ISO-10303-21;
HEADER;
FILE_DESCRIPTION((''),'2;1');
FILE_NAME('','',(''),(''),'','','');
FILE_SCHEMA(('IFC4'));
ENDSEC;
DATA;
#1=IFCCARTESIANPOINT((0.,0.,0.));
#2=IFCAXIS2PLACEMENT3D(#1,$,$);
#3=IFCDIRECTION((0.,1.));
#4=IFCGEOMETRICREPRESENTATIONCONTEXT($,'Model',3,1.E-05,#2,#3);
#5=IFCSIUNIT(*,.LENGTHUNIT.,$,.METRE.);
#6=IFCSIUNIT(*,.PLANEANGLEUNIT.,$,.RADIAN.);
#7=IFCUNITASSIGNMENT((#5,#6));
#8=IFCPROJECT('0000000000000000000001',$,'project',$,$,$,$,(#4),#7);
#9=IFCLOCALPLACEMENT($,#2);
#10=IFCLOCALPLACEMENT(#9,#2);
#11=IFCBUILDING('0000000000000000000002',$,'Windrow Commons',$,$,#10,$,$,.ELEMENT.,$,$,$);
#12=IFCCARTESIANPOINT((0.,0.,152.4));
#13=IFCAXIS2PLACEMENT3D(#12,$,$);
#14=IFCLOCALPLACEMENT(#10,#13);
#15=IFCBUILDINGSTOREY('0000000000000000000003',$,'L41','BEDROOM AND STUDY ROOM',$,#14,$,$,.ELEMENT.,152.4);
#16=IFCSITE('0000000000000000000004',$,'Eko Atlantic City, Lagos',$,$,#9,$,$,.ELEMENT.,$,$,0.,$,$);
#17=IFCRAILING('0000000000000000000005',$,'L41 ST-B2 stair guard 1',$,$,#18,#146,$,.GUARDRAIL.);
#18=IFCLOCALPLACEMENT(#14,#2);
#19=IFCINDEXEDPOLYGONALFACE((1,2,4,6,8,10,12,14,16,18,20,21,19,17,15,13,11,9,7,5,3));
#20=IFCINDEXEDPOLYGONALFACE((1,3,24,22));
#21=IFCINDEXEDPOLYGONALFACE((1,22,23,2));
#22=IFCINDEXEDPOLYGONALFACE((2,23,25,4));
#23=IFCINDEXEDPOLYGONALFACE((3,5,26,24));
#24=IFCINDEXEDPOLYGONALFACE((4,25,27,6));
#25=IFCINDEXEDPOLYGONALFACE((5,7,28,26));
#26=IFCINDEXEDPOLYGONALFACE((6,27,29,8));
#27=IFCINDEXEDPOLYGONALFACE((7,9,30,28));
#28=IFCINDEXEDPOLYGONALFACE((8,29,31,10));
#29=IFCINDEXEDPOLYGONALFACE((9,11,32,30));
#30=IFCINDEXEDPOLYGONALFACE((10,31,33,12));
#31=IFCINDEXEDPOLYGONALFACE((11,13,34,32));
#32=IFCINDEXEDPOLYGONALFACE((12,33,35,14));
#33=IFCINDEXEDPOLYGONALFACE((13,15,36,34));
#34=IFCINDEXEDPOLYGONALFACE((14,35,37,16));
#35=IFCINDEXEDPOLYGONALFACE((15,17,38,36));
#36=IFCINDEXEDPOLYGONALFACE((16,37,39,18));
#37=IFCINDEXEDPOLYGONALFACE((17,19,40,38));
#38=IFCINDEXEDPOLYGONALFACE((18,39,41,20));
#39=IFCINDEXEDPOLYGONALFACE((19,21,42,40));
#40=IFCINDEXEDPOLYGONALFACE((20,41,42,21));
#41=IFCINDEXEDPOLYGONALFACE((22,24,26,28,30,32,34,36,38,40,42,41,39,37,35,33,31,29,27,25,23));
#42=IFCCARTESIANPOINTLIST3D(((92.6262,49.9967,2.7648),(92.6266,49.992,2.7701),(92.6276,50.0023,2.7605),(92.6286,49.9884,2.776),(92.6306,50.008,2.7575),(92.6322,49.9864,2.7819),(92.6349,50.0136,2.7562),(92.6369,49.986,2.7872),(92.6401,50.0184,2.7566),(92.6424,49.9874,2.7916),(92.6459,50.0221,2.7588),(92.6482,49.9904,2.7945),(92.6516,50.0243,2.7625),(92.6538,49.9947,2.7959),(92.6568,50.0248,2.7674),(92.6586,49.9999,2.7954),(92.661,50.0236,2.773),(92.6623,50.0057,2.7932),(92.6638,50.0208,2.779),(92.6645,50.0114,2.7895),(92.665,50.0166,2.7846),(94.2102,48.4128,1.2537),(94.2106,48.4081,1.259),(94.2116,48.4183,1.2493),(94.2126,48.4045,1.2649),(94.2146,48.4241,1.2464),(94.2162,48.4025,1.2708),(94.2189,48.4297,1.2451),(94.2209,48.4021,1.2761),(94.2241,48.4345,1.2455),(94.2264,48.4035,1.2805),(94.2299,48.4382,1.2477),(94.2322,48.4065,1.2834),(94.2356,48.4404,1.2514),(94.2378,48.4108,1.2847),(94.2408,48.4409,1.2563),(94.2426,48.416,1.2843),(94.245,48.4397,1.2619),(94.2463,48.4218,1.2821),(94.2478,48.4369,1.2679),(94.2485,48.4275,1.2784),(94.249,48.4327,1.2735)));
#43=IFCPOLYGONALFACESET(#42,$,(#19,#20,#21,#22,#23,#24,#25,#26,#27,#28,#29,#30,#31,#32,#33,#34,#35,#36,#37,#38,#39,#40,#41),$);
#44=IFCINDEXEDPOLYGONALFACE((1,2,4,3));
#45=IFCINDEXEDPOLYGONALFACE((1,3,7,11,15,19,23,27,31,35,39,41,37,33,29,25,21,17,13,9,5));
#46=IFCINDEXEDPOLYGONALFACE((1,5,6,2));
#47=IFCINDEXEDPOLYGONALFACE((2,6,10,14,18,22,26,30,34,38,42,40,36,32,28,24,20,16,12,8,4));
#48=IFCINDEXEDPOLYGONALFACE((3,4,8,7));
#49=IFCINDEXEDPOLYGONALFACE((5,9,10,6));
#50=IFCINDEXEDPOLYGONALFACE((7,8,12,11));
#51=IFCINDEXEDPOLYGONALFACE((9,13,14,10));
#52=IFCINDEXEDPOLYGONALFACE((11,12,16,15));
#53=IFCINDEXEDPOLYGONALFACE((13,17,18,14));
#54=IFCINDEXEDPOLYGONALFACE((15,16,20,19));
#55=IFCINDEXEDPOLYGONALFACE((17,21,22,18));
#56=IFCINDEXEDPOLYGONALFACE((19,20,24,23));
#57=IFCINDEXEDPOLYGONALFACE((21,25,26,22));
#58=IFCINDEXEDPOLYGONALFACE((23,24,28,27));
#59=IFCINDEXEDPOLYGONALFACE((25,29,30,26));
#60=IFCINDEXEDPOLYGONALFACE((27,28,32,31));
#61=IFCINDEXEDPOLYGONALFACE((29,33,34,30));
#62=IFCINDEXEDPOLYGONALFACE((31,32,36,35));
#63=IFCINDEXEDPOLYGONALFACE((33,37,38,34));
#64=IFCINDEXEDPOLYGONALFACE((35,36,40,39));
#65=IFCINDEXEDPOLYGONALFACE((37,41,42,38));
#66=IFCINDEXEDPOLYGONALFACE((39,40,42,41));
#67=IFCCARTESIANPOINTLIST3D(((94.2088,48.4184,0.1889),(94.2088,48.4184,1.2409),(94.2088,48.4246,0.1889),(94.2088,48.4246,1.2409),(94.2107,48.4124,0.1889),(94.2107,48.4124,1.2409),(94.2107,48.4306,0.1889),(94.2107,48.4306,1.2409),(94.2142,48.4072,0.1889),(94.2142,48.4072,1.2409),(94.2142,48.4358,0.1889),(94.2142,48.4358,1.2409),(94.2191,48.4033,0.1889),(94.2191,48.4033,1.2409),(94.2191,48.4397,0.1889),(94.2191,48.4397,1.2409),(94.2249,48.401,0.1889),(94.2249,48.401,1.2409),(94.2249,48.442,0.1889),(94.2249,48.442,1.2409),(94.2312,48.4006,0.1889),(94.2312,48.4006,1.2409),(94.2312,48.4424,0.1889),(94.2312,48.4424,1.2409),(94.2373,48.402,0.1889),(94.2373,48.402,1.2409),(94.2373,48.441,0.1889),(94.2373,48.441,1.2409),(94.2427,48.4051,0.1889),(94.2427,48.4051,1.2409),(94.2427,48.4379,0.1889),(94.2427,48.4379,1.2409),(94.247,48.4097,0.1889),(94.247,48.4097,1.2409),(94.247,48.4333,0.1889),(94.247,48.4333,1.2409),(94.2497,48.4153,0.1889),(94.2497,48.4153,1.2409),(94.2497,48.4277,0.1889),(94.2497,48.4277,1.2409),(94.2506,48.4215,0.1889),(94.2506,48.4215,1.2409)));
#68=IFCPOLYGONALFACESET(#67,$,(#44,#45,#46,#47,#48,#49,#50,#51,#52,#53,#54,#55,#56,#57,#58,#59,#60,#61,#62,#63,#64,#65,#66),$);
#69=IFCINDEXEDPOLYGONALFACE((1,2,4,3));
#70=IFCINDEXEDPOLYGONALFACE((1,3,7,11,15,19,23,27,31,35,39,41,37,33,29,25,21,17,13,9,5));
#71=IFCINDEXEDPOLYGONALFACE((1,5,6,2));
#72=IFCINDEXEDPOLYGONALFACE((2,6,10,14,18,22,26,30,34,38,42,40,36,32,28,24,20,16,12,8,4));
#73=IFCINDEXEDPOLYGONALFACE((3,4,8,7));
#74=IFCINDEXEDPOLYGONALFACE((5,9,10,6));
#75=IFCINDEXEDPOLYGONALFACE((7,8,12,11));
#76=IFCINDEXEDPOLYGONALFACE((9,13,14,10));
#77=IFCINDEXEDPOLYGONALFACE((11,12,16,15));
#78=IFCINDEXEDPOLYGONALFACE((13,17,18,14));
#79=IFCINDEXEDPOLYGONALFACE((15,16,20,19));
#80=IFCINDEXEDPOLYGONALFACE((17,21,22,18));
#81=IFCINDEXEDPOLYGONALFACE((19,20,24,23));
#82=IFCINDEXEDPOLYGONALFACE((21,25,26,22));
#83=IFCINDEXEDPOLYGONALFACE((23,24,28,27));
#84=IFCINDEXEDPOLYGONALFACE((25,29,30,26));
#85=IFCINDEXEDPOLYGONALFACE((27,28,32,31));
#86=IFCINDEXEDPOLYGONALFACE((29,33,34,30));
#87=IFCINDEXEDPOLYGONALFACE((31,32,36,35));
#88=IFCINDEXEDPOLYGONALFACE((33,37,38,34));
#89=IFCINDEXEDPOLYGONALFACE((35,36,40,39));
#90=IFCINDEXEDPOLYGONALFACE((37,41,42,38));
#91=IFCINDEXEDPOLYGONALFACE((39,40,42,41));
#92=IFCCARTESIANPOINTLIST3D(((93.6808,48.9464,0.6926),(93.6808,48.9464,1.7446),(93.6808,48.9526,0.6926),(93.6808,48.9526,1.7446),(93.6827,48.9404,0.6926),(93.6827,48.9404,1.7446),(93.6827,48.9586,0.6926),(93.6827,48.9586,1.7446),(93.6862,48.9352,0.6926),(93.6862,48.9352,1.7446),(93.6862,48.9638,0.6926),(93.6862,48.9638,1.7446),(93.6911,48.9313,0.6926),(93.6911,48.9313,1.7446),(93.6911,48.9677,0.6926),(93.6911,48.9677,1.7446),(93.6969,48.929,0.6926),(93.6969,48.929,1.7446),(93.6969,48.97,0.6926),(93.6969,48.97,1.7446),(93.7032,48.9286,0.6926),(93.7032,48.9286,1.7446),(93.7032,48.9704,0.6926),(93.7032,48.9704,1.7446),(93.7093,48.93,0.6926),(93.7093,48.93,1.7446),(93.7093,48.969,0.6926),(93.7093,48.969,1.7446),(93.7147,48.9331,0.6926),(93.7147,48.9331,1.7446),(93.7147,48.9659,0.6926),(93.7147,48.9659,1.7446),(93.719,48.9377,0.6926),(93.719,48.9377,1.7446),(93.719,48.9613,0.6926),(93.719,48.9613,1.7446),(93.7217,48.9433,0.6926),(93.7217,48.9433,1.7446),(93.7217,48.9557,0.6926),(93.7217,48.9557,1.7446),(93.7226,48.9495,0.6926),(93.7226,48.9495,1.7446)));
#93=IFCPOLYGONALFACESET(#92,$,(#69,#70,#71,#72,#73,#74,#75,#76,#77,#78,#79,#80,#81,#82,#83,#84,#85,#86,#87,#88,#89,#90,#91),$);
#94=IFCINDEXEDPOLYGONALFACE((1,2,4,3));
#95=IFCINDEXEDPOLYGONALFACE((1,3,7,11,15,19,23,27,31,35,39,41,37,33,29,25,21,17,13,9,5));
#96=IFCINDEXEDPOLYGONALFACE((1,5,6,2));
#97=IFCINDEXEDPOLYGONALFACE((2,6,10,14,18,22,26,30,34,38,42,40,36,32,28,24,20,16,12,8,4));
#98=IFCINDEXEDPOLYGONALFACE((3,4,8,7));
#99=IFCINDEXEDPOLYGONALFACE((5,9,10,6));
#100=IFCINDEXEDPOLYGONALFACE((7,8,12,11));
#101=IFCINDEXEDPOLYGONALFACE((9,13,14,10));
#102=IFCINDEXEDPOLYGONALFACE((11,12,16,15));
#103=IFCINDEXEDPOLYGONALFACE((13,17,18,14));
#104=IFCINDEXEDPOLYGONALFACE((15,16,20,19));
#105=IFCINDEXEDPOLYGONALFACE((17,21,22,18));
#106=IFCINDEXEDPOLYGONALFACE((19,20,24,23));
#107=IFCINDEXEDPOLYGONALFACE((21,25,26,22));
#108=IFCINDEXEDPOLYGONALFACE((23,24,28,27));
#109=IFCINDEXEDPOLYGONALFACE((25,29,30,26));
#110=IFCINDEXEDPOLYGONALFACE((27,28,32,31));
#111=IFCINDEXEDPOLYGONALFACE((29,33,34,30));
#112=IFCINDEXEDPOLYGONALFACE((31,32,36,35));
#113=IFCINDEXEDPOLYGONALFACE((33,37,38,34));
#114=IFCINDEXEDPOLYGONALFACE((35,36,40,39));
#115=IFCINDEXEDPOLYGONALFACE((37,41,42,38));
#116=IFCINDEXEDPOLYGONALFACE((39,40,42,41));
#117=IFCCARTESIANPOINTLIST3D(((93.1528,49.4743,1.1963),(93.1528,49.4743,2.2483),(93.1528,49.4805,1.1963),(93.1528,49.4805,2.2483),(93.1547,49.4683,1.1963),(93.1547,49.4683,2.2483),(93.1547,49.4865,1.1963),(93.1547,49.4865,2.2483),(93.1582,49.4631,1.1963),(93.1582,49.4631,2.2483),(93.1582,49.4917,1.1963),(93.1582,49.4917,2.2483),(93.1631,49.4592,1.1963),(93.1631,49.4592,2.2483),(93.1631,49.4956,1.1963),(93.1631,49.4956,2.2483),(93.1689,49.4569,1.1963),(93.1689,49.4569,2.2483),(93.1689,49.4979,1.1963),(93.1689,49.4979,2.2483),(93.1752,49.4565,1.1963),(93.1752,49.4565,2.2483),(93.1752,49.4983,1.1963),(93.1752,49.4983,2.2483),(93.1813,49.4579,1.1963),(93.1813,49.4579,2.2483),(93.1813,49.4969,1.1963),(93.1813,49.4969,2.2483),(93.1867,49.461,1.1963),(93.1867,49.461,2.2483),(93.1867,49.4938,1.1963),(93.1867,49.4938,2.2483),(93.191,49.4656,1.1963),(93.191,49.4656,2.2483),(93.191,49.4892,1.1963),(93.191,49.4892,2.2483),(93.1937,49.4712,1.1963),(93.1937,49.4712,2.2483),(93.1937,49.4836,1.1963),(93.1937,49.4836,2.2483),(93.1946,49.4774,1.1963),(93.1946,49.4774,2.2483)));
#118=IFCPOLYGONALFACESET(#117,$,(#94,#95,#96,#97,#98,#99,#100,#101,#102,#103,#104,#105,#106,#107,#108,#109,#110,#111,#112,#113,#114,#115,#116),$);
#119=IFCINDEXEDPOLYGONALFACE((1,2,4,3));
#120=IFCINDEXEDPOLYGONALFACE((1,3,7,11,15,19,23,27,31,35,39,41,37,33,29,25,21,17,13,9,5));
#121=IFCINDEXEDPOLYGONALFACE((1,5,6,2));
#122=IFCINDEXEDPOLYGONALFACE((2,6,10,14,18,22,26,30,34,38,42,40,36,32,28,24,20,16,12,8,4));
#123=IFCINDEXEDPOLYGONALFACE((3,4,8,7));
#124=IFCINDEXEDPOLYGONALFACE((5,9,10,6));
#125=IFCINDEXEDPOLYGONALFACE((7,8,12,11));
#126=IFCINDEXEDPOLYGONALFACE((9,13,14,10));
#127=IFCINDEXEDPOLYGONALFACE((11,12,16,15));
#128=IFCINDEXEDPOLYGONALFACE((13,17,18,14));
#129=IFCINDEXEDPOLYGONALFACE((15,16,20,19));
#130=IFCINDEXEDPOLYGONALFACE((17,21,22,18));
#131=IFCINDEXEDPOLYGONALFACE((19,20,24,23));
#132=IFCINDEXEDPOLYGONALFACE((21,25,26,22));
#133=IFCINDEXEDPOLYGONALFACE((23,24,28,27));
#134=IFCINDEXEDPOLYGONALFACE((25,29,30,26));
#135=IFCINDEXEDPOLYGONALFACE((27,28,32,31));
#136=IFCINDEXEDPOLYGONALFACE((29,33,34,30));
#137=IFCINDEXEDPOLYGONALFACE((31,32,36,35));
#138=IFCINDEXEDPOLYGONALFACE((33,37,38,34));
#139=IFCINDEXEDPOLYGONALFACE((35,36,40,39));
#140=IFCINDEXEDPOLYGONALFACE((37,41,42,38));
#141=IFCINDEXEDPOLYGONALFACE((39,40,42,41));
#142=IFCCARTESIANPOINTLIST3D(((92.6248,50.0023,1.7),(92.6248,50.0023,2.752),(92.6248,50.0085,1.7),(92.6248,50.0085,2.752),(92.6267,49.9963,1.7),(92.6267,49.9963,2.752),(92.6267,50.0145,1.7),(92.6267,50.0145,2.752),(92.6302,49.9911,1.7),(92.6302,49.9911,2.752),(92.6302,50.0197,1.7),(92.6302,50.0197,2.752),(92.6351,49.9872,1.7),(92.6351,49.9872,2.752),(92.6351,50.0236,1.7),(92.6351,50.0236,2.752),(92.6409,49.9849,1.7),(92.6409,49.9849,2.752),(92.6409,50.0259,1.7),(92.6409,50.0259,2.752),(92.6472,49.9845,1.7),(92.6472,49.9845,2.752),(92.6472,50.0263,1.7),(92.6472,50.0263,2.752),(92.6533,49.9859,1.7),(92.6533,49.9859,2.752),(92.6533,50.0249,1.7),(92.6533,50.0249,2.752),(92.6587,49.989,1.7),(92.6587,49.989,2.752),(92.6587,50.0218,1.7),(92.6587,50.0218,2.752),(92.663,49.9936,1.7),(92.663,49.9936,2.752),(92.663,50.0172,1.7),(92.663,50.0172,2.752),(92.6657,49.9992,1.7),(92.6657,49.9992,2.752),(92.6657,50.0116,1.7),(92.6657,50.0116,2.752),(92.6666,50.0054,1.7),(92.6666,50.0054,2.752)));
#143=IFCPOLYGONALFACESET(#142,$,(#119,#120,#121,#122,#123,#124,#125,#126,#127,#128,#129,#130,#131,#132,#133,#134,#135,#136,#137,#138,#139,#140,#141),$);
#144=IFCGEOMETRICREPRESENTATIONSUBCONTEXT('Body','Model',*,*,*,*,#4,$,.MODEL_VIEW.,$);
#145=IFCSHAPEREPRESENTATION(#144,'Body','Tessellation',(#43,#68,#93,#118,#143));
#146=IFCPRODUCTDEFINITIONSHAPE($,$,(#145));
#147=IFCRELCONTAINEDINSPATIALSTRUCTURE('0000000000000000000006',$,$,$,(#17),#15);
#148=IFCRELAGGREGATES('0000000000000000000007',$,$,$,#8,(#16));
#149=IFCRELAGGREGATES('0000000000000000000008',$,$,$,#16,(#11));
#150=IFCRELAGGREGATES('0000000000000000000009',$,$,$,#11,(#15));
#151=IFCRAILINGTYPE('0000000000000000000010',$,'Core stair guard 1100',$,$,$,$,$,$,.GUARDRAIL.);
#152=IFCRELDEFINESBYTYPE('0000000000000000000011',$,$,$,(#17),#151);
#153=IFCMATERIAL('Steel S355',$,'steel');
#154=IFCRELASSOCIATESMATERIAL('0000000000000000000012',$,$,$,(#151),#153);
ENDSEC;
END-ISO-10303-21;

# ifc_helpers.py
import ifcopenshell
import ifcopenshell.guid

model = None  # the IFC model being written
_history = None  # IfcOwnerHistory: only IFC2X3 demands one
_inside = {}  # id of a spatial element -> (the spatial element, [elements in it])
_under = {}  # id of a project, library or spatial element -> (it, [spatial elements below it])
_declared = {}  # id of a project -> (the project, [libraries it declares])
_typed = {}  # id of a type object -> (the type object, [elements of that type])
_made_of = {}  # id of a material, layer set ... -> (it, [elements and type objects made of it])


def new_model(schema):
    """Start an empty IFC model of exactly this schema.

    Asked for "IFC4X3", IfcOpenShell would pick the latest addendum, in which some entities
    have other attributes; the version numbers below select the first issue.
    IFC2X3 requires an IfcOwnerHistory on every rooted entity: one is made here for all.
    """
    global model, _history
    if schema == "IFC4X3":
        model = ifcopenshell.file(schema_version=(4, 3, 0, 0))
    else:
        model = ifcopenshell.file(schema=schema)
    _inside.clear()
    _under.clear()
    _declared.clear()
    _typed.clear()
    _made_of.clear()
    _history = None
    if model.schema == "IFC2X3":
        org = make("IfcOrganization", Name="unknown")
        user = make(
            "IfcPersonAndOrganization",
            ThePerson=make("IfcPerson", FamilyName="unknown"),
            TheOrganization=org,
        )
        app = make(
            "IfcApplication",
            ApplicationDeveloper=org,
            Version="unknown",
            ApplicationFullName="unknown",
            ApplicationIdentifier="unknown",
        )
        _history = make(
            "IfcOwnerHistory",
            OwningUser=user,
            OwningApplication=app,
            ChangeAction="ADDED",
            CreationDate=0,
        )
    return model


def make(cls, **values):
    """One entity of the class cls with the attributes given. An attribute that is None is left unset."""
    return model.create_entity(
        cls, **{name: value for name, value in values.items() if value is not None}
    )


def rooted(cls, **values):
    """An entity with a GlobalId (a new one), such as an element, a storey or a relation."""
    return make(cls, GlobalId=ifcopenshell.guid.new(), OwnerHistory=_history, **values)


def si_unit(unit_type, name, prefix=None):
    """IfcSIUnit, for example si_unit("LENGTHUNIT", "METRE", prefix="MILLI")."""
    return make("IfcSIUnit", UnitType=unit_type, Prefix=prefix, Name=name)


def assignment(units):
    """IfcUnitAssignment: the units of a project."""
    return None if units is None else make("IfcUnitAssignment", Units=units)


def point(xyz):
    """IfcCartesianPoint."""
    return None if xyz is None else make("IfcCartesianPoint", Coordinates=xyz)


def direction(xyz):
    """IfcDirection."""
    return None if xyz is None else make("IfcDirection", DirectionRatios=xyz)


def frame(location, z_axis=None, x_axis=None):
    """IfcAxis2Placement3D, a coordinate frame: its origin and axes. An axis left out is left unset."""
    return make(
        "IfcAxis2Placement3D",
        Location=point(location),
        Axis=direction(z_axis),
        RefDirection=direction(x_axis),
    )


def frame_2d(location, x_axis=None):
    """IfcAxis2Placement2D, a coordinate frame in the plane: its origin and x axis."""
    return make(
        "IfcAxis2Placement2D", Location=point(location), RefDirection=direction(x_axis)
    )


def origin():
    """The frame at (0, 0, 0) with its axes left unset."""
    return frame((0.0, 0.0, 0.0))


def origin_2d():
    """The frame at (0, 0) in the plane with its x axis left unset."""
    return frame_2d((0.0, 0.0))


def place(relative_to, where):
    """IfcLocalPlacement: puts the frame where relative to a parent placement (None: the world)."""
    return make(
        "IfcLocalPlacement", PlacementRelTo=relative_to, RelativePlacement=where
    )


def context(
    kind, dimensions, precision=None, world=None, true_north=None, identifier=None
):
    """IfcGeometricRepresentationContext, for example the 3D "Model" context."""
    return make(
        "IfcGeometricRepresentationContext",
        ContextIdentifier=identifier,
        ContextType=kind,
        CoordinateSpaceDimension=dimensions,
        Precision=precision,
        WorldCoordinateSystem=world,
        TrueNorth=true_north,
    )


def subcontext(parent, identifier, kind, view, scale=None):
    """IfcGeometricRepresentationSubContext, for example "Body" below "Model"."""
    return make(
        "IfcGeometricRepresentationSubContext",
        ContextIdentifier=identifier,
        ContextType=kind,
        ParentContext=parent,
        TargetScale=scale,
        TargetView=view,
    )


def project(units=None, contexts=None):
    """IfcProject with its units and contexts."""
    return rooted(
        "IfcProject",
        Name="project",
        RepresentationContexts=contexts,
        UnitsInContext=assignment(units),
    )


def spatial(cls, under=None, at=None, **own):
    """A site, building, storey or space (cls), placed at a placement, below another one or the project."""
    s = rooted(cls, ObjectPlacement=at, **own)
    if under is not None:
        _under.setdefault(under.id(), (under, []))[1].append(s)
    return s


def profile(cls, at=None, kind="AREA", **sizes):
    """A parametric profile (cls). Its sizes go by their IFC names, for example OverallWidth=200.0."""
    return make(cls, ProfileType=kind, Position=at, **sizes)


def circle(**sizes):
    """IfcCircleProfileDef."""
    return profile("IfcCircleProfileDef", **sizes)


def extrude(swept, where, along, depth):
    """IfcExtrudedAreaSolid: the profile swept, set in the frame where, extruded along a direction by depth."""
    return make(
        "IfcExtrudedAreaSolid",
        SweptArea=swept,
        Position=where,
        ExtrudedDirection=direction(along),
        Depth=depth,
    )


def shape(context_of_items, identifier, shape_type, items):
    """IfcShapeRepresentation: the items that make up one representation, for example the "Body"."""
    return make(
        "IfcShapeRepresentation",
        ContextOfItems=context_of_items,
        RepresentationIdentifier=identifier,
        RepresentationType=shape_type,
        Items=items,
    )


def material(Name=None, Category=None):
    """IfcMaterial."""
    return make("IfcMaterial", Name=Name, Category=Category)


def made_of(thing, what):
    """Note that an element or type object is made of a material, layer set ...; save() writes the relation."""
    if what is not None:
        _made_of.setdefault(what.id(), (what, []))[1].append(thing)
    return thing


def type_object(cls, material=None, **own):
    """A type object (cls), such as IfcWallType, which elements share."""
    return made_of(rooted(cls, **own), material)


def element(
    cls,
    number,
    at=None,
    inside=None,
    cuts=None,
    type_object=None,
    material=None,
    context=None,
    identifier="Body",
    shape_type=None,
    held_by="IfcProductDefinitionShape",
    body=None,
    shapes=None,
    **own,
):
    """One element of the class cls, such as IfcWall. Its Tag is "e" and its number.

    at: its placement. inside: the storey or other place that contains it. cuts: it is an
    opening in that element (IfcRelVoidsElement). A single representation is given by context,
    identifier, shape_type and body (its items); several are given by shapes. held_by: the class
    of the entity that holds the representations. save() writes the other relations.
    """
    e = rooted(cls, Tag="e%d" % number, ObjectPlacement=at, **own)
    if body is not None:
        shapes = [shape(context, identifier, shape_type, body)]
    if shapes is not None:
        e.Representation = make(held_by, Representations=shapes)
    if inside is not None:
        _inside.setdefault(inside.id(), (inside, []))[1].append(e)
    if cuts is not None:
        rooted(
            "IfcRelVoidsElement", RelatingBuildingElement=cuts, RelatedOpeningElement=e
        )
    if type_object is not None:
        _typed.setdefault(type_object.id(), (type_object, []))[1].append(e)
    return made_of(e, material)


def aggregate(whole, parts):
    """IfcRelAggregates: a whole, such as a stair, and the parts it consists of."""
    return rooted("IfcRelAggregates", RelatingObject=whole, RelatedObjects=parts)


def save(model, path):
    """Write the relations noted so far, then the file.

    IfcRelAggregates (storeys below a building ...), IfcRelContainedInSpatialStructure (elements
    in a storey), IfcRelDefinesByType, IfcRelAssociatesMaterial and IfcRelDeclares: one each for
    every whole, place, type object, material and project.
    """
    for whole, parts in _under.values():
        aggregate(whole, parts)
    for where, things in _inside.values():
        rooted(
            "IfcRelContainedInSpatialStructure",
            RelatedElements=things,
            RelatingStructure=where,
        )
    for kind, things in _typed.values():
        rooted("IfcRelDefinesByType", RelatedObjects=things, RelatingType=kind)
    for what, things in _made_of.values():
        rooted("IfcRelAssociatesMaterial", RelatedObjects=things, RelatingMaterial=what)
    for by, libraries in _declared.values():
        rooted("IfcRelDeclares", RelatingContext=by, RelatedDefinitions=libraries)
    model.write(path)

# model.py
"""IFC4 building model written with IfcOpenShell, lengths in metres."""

from ifc_helpers import new_model, si_unit, direction, frame, origin, origin_2d, place, context, subcontext, project, spatial, circle, extrude, material, type_object, element, save


model = new_model("IFC4")

# Units and contexts
model_context = context("Model", 3, precision=1e-05, world=origin(), true_north=direction((0.0, 1.0)))
body_context = subcontext(model_context, "Body", "Model", "MODEL_VIEW")
ifc_project = project(units=[si_unit("LENGTHUNIT", "METRE"), si_unit("PLANEANGLEUNIT", "RADIAN")], contexts=[model_context])

# Site, building, storey
site_placement = place(None, origin())
site = spatial("IfcSite", under=ifc_project, at=site_placement, Name="Eko Atlantic City, Lagos", CompositionType="ELEMENT", RefElevation=0.0)
building_placement = place(site_placement, origin())
building = spatial("IfcBuilding", under=site, at=building_placement, Name="Windrow Commons", CompositionType="ELEMENT")
storey_placement = place(building_placement, frame((0.0, 0.0, 152.4)))
storey = spatial("IfcBuildingStorey", under=building, at=storey_placement, Name="L41", Description="BEDROOM AND STUDY ROOM", CompositionType="ELEMENT", Elevation=152.4)

# Railing
ifc_material_1 = material(Name="Steel S355", Category="steel")
railing_type_1 = type_object("IfcRailingType", Name="Core stair guard 1100", PredefinedType="GUARDRAIL", material=ifc_material_1)
railing_1_placement = place(storey_placement, frame((94.2296, 48.4215, 0.1889)))
element("IfcRailing", 1, at=railing_1_placement, inside=storey, type_object=railing_type_1, Name="L41 ST-B2 stair guard 1", PredefinedType="GUARDRAIL", context=body_context, shape_type="SweptSolid", body=[
    extrude(circle(Radius=0.024, at=origin_2d()), frame((0.0, 0.0, 1.076), z_axis=(-0.586216, 0.586179, 0.559237), x_axis=(-0.707084, -0.707129, 0.0)), (0.0, 0.0, 1.0), 2.7021),
    extrude(circle(Radius=0.021, at=origin_2d()), origin(), (0.0, 0.0, 1.0), 1.052),
    extrude(circle(Radius=0.021, at=origin_2d()), frame((-0.528, 0.528, 0.5037)), (0.0, 0.0, 1.0), 1.052),
    extrude(circle(Radius=0.021, at=origin_2d()), frame((-1.056, 1.0559, 1.0074)), (0.0, 0.0, 1.0), 1.052),
    extrude(circle(Radius=0.021, at=origin_2d()), frame((-1.584, 1.5839, 1.5111)), (0.0, 0.0, 1.0), 1.052),
])

save(model, "model.ifc")
